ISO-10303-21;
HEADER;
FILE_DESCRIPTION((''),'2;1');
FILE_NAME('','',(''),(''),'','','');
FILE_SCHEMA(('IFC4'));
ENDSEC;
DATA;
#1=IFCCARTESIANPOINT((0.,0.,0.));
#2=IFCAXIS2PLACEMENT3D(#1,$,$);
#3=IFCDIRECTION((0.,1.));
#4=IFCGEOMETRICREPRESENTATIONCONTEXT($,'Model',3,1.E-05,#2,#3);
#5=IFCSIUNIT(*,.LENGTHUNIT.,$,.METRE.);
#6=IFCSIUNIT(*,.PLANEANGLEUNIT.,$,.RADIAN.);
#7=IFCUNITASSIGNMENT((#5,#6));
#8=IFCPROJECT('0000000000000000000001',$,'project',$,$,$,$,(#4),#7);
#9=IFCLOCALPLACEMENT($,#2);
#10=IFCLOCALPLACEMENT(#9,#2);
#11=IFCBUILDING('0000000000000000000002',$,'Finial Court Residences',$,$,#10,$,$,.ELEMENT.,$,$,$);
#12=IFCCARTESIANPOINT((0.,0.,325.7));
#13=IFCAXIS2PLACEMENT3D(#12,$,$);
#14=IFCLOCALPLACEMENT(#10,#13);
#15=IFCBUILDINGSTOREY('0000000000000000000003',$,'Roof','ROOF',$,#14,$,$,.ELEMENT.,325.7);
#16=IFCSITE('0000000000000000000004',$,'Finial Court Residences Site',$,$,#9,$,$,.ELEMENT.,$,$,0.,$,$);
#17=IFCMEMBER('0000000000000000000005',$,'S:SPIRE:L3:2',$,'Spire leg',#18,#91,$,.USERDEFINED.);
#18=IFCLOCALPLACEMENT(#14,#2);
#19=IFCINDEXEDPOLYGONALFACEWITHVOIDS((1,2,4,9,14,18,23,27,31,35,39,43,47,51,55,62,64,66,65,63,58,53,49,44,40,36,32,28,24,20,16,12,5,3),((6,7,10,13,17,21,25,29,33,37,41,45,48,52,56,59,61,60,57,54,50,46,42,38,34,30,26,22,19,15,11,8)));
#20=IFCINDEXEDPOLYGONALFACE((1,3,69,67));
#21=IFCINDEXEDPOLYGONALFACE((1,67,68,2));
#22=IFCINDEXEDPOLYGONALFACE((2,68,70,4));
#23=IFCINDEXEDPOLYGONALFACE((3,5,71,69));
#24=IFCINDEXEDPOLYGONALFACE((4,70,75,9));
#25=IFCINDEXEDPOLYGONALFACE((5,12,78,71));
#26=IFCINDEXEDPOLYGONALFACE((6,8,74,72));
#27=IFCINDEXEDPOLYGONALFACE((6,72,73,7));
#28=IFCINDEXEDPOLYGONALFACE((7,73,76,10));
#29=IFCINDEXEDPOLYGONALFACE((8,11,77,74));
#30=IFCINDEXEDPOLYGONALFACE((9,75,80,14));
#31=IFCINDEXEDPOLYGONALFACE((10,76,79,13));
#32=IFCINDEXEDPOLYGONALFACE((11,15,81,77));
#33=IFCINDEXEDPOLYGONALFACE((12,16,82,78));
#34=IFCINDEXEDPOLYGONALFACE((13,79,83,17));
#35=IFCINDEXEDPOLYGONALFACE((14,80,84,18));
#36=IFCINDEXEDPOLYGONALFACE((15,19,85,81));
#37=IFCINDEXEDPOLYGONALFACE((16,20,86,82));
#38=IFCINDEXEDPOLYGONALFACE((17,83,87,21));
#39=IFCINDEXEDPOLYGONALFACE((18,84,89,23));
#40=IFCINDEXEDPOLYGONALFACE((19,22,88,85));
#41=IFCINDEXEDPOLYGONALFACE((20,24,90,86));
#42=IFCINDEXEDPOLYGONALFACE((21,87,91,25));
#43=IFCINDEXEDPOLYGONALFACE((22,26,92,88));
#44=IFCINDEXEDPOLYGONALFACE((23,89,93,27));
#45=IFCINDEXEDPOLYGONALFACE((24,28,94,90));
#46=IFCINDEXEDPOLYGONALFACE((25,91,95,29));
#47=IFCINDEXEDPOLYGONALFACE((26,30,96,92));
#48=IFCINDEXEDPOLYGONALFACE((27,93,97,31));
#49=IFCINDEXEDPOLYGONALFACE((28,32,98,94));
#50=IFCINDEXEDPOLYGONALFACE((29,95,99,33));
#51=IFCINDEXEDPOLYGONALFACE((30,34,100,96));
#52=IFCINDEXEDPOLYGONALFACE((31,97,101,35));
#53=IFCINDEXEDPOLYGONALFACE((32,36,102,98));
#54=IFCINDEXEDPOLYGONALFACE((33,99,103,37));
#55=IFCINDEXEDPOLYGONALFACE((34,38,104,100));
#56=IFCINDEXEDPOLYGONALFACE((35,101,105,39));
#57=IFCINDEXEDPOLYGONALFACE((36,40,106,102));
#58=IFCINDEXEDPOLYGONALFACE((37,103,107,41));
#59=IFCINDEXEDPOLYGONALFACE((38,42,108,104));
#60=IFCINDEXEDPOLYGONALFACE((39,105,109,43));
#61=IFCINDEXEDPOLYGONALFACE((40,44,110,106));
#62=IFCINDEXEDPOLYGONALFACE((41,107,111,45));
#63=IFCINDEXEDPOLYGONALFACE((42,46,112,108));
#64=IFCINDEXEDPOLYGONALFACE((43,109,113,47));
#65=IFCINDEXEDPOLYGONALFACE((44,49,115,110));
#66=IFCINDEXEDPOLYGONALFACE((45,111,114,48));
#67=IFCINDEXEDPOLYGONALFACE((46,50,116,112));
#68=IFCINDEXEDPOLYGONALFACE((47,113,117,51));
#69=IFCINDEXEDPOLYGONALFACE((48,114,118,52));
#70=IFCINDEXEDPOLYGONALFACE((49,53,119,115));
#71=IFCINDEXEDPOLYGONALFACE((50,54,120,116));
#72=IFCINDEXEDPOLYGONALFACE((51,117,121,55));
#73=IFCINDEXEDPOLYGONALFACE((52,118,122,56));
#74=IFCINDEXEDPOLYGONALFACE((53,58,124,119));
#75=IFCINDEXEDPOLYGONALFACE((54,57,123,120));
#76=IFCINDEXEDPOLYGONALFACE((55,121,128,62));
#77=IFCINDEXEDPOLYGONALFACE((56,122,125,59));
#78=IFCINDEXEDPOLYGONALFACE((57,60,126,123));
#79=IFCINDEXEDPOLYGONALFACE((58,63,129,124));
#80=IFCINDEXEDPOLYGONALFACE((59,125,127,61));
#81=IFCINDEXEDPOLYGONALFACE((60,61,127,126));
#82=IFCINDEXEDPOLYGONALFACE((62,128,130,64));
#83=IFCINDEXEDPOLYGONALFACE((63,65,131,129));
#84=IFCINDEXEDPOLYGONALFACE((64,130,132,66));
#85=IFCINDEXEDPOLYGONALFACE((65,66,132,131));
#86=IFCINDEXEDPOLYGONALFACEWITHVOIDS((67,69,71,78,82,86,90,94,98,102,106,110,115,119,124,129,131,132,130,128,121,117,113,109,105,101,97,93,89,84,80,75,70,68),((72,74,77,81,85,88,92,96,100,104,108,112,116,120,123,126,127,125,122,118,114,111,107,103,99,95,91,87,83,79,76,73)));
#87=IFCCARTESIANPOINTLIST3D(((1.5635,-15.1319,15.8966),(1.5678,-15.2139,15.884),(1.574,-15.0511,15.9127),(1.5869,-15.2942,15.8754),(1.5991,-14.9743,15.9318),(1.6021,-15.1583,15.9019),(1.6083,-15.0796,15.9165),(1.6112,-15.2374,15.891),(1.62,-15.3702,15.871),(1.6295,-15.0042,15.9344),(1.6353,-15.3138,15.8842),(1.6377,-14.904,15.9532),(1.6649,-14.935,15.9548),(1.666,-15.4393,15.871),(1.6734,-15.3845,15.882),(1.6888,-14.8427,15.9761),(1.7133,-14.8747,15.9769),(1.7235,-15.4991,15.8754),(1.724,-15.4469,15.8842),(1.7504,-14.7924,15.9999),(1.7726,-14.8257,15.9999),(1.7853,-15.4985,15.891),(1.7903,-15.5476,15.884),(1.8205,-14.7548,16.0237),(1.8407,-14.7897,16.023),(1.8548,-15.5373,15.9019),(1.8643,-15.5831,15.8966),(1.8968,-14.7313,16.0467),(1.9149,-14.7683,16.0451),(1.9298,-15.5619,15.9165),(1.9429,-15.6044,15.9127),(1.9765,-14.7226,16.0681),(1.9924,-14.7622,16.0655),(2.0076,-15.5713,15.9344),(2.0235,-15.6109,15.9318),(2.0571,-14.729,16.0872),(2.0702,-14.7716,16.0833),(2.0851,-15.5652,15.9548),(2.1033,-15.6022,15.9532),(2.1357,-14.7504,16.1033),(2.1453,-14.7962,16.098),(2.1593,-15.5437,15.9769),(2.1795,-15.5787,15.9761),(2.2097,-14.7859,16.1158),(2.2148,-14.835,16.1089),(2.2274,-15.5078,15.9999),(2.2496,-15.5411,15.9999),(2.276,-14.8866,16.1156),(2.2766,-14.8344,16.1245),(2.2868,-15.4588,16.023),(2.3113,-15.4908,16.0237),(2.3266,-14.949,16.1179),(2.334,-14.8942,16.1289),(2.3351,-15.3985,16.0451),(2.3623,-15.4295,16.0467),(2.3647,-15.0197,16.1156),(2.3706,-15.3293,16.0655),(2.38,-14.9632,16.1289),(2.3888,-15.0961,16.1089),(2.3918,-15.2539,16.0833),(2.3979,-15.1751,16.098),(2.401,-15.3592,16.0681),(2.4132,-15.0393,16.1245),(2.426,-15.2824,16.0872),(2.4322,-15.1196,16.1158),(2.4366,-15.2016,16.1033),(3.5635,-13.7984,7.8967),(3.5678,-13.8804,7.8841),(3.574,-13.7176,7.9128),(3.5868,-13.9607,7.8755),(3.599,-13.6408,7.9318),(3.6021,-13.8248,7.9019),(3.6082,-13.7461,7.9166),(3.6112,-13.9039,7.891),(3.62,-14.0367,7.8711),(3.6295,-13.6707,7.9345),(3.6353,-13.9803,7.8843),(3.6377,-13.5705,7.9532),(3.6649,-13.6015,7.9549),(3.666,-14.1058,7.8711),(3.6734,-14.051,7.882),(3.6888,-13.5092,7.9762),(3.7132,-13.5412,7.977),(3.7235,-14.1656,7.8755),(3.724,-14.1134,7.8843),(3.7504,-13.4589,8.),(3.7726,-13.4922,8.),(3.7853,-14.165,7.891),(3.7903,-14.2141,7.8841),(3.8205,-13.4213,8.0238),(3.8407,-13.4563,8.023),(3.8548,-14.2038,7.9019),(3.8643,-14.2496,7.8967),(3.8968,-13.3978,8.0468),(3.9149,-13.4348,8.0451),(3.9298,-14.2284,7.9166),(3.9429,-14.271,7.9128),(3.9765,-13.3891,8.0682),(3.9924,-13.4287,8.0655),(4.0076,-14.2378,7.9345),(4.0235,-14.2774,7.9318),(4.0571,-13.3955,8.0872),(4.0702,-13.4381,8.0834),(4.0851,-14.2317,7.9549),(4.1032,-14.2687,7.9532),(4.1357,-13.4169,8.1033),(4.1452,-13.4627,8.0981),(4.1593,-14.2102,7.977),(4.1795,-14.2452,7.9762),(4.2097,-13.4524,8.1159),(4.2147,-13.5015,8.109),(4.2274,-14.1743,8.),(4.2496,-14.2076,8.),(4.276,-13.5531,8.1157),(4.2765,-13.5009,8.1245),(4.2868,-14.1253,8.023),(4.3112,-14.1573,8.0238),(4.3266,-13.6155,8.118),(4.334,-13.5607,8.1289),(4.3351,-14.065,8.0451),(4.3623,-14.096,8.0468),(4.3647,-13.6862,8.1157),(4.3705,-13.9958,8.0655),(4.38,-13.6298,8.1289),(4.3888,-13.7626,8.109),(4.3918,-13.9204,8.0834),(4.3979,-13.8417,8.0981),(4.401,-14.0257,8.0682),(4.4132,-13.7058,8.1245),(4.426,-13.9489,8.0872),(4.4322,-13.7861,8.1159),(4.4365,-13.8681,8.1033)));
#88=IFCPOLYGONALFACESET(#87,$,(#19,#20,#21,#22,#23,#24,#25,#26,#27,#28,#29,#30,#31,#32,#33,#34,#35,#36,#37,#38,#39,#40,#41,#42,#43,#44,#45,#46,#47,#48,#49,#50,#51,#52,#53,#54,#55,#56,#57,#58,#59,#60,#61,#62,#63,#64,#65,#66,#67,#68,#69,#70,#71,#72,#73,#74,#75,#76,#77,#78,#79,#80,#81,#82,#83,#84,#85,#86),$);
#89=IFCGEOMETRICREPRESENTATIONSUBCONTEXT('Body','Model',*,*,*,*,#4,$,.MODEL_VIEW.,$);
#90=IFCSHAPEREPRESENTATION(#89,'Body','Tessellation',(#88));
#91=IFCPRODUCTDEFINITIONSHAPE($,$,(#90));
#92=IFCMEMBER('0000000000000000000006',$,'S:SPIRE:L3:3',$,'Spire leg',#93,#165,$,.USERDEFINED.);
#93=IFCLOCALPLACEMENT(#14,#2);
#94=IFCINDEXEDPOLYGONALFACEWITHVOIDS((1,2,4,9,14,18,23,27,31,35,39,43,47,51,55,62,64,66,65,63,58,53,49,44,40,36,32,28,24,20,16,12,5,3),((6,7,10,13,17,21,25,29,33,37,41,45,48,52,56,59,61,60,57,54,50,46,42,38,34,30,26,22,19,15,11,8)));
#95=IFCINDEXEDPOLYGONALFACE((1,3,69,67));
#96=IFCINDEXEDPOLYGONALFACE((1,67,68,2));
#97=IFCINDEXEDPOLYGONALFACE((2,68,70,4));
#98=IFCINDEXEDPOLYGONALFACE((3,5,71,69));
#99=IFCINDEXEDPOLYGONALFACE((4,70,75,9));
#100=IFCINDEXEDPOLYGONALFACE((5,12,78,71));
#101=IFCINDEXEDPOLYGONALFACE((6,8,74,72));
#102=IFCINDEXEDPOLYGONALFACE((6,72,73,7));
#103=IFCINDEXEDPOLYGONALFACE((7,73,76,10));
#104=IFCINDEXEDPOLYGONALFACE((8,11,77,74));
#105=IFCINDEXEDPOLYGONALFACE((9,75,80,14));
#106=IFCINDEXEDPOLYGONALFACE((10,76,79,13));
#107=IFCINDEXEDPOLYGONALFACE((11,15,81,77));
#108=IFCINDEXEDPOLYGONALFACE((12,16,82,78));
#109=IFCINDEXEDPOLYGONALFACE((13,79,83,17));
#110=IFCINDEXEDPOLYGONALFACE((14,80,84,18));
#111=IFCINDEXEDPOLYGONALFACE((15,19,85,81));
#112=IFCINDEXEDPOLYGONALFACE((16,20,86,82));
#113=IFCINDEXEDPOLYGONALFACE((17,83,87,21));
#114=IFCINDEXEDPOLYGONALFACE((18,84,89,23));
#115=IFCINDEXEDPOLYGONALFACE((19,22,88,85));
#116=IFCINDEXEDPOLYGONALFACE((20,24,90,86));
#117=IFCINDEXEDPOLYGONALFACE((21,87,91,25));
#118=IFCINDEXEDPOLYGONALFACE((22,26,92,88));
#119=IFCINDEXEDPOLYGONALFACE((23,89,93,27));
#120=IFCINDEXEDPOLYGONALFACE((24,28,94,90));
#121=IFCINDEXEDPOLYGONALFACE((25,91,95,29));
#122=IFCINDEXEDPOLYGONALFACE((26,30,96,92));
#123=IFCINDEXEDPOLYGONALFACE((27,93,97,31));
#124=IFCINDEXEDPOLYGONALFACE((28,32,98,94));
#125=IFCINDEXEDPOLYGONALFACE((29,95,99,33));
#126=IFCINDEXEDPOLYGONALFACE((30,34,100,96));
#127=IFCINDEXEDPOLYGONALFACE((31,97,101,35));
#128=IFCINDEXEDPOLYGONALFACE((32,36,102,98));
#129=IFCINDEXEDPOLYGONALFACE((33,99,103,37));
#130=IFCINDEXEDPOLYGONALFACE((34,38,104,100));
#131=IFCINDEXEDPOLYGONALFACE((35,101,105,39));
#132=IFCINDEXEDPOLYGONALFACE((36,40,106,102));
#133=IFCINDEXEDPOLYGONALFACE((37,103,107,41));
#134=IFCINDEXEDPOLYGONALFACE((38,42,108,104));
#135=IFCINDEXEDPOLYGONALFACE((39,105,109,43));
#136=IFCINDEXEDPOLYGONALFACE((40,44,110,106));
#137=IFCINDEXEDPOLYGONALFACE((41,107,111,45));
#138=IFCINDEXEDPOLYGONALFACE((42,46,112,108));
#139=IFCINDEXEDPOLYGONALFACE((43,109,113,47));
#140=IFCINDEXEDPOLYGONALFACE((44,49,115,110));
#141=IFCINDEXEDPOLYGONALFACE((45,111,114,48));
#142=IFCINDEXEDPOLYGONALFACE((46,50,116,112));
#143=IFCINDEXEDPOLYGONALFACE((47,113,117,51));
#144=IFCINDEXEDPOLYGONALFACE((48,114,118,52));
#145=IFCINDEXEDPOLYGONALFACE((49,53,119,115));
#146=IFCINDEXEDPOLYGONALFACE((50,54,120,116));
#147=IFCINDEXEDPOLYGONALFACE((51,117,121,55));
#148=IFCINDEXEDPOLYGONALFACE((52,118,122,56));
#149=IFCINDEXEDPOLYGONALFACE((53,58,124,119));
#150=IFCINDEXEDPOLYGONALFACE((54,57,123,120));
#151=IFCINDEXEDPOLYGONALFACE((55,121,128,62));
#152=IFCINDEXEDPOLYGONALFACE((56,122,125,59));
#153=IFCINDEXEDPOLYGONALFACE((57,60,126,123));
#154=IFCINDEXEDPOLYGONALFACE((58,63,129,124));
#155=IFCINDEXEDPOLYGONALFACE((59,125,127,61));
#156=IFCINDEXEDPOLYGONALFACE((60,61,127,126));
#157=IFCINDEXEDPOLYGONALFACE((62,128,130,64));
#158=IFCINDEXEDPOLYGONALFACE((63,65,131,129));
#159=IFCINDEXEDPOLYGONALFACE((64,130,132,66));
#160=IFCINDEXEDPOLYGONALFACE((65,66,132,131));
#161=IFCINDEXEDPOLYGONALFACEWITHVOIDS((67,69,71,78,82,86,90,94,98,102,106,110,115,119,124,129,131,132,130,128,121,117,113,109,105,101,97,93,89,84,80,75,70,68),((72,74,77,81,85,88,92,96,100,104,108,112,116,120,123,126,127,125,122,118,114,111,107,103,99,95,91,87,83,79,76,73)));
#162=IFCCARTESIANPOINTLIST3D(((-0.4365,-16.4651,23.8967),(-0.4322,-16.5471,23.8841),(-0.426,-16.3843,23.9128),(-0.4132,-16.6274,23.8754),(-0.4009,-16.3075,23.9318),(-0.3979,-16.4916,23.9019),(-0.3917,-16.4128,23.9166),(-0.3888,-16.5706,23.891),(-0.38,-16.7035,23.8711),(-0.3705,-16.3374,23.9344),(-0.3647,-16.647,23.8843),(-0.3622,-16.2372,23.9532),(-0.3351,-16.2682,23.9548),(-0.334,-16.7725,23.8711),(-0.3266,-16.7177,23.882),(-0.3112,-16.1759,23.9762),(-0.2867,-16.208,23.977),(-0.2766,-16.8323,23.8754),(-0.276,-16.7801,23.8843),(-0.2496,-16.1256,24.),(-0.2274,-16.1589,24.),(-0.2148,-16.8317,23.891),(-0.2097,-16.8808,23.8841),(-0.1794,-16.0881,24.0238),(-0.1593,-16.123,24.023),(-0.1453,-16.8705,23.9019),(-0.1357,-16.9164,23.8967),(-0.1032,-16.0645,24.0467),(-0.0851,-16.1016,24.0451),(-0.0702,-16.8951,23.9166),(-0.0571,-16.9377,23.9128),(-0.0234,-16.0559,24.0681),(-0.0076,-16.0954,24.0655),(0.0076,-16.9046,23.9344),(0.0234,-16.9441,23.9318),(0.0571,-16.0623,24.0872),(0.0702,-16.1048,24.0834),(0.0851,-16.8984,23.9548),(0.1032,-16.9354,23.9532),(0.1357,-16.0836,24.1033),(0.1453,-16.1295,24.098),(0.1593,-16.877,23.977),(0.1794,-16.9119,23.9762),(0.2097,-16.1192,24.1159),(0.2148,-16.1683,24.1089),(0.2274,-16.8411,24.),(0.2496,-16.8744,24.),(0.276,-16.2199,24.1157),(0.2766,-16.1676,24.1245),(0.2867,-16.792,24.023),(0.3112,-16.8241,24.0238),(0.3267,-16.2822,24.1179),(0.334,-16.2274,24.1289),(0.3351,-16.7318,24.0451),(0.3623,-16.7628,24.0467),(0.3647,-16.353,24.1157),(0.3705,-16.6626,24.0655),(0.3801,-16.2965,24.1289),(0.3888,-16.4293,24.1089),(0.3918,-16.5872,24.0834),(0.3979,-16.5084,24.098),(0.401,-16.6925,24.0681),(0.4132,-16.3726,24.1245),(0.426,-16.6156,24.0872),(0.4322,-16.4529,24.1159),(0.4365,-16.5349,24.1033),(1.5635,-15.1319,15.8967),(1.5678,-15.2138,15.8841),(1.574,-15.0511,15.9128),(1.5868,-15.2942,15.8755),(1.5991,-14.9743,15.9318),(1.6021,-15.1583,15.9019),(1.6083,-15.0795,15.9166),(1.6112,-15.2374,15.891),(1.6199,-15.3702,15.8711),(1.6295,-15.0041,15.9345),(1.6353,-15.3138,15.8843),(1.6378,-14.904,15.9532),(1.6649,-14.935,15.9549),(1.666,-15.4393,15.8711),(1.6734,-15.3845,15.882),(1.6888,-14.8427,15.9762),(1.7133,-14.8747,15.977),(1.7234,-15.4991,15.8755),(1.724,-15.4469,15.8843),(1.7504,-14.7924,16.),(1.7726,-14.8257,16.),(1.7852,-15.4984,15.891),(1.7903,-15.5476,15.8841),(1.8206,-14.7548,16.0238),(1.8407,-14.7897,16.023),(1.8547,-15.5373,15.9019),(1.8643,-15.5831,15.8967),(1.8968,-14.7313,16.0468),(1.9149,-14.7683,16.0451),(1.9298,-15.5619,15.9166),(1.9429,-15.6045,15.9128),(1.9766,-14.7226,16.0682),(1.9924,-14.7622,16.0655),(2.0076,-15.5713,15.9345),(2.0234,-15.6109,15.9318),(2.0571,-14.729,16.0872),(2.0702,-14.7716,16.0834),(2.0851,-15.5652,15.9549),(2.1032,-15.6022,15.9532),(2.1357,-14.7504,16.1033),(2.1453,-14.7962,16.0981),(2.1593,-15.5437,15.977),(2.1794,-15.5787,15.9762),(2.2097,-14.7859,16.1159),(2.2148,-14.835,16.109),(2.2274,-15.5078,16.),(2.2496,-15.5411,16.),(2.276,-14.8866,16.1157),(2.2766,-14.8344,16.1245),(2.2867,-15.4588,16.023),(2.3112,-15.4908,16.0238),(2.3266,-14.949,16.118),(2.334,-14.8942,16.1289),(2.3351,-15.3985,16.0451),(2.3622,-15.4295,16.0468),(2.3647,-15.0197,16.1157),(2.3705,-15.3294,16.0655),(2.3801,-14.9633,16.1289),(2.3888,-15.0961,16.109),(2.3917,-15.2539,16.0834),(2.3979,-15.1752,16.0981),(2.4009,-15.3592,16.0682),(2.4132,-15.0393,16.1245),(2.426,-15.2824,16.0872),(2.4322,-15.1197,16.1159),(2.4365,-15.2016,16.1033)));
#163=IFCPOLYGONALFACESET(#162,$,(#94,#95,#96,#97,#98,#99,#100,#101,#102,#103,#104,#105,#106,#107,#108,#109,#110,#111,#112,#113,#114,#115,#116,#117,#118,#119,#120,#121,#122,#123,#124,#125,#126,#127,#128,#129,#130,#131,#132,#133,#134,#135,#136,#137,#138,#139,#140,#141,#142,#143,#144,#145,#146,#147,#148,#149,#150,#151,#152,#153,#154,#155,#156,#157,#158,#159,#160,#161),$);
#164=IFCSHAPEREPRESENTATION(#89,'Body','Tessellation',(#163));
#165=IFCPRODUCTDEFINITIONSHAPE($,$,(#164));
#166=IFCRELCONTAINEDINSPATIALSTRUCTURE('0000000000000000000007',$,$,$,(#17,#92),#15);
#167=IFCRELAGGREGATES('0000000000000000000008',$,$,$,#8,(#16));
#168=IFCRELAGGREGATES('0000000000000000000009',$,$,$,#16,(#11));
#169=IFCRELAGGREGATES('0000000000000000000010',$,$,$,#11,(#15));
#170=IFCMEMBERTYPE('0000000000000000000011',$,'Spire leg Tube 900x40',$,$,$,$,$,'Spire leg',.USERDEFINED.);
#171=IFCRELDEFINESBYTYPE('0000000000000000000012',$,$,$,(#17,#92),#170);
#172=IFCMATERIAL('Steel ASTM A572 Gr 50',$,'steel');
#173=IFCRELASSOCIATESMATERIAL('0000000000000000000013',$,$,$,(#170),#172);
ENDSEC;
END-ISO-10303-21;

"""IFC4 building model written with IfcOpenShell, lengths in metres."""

from ifc_helpers import new_model, si_unit, direction, frame, origin, origin_2d, place, context, subcontext, project, spatial, hollow_circle, extrude, material, material_profile, profile_set, type_object, element, save


model = new_model("IFC4")

# Units and contexts
model_context = context("Model", 3, precision=1e-05, world=origin(), true_north=direction((0.0, 1.0)))
body_context = subcontext(model_context, "Body", "Model", "MODEL_VIEW")
ifc_project = project(units=[si_unit("LENGTHUNIT", "METRE"), si_unit("PLANEANGLEUNIT", "RADIAN")], contexts=[model_context])

# Site, building, storey
site_placement = place(None, origin())
site = spatial("IfcSite", under=ifc_project, at=site_placement, Name="Finial Court Residences Site", CompositionType="ELEMENT", RefElevation=0.0)
building_placement = place(site_placement, origin())
building = spatial("IfcBuilding", under=site, at=building_placement, Name="Finial Court Residences", CompositionType="ELEMENT")
storey_placement = place(building_placement, frame((0.0, 0.0, 325.7)))
storey = spatial("IfcBuildingStorey", under=building, at=storey_placement, Name="Roof", Description="ROOF", CompositionType="ELEMENT", Elevation=325.7)

# Members
ifc_material = material(Name="Steel ASTM A572 Gr 50", Category="steel")
ifc_material_profile_1 = material_profile(ifc_material, hollow_circle(Radius=0.45, WallThickness=0.04, at=origin_2d()), Name="Tube 900x40")
ifc_profile_set_1 = profile_set([ifc_material_profile_1], Name="Steel ASTM A572 Gr 50")
member_type_1 = type_object("IfcMemberType", Name="Spire leg Tube 900x40", ElementType="Spire leg", PredefinedType="USERDEFINED", material=ifc_profile_set_1)
for number, where, z_axis, x_axis, name in (
    (1, (4.0, -13.8333, 8.0), (-0.239425, -0.159636, 0.957701), (0.554747, -0.832019, 0.0), "S:SPIRE:L3:2"),
    (2, (2.0, -15.1667, 16.0), (-0.239426, -0.159608, 0.957706), (0.554677, -0.832066, 0.0), "S:SPIRE:L3:3"),
):
    element("IfcMember", number, at=place(storey_placement, frame(where, z_axis=z_axis, x_axis=x_axis)), inside=storey, type_object=member_type_1, Name=name, ObjectType="Spire leg", PredefinedType="USERDEFINED", context=body_context, shape_type="SweptSolid", body=[
        extrude(hollow_circle(Radius=0.45, WallThickness=0.04, at=origin_2d()), origin(), (0.0, 0.0, 1.0), 8.3533),
    ])

save(model, "model.ifc")
